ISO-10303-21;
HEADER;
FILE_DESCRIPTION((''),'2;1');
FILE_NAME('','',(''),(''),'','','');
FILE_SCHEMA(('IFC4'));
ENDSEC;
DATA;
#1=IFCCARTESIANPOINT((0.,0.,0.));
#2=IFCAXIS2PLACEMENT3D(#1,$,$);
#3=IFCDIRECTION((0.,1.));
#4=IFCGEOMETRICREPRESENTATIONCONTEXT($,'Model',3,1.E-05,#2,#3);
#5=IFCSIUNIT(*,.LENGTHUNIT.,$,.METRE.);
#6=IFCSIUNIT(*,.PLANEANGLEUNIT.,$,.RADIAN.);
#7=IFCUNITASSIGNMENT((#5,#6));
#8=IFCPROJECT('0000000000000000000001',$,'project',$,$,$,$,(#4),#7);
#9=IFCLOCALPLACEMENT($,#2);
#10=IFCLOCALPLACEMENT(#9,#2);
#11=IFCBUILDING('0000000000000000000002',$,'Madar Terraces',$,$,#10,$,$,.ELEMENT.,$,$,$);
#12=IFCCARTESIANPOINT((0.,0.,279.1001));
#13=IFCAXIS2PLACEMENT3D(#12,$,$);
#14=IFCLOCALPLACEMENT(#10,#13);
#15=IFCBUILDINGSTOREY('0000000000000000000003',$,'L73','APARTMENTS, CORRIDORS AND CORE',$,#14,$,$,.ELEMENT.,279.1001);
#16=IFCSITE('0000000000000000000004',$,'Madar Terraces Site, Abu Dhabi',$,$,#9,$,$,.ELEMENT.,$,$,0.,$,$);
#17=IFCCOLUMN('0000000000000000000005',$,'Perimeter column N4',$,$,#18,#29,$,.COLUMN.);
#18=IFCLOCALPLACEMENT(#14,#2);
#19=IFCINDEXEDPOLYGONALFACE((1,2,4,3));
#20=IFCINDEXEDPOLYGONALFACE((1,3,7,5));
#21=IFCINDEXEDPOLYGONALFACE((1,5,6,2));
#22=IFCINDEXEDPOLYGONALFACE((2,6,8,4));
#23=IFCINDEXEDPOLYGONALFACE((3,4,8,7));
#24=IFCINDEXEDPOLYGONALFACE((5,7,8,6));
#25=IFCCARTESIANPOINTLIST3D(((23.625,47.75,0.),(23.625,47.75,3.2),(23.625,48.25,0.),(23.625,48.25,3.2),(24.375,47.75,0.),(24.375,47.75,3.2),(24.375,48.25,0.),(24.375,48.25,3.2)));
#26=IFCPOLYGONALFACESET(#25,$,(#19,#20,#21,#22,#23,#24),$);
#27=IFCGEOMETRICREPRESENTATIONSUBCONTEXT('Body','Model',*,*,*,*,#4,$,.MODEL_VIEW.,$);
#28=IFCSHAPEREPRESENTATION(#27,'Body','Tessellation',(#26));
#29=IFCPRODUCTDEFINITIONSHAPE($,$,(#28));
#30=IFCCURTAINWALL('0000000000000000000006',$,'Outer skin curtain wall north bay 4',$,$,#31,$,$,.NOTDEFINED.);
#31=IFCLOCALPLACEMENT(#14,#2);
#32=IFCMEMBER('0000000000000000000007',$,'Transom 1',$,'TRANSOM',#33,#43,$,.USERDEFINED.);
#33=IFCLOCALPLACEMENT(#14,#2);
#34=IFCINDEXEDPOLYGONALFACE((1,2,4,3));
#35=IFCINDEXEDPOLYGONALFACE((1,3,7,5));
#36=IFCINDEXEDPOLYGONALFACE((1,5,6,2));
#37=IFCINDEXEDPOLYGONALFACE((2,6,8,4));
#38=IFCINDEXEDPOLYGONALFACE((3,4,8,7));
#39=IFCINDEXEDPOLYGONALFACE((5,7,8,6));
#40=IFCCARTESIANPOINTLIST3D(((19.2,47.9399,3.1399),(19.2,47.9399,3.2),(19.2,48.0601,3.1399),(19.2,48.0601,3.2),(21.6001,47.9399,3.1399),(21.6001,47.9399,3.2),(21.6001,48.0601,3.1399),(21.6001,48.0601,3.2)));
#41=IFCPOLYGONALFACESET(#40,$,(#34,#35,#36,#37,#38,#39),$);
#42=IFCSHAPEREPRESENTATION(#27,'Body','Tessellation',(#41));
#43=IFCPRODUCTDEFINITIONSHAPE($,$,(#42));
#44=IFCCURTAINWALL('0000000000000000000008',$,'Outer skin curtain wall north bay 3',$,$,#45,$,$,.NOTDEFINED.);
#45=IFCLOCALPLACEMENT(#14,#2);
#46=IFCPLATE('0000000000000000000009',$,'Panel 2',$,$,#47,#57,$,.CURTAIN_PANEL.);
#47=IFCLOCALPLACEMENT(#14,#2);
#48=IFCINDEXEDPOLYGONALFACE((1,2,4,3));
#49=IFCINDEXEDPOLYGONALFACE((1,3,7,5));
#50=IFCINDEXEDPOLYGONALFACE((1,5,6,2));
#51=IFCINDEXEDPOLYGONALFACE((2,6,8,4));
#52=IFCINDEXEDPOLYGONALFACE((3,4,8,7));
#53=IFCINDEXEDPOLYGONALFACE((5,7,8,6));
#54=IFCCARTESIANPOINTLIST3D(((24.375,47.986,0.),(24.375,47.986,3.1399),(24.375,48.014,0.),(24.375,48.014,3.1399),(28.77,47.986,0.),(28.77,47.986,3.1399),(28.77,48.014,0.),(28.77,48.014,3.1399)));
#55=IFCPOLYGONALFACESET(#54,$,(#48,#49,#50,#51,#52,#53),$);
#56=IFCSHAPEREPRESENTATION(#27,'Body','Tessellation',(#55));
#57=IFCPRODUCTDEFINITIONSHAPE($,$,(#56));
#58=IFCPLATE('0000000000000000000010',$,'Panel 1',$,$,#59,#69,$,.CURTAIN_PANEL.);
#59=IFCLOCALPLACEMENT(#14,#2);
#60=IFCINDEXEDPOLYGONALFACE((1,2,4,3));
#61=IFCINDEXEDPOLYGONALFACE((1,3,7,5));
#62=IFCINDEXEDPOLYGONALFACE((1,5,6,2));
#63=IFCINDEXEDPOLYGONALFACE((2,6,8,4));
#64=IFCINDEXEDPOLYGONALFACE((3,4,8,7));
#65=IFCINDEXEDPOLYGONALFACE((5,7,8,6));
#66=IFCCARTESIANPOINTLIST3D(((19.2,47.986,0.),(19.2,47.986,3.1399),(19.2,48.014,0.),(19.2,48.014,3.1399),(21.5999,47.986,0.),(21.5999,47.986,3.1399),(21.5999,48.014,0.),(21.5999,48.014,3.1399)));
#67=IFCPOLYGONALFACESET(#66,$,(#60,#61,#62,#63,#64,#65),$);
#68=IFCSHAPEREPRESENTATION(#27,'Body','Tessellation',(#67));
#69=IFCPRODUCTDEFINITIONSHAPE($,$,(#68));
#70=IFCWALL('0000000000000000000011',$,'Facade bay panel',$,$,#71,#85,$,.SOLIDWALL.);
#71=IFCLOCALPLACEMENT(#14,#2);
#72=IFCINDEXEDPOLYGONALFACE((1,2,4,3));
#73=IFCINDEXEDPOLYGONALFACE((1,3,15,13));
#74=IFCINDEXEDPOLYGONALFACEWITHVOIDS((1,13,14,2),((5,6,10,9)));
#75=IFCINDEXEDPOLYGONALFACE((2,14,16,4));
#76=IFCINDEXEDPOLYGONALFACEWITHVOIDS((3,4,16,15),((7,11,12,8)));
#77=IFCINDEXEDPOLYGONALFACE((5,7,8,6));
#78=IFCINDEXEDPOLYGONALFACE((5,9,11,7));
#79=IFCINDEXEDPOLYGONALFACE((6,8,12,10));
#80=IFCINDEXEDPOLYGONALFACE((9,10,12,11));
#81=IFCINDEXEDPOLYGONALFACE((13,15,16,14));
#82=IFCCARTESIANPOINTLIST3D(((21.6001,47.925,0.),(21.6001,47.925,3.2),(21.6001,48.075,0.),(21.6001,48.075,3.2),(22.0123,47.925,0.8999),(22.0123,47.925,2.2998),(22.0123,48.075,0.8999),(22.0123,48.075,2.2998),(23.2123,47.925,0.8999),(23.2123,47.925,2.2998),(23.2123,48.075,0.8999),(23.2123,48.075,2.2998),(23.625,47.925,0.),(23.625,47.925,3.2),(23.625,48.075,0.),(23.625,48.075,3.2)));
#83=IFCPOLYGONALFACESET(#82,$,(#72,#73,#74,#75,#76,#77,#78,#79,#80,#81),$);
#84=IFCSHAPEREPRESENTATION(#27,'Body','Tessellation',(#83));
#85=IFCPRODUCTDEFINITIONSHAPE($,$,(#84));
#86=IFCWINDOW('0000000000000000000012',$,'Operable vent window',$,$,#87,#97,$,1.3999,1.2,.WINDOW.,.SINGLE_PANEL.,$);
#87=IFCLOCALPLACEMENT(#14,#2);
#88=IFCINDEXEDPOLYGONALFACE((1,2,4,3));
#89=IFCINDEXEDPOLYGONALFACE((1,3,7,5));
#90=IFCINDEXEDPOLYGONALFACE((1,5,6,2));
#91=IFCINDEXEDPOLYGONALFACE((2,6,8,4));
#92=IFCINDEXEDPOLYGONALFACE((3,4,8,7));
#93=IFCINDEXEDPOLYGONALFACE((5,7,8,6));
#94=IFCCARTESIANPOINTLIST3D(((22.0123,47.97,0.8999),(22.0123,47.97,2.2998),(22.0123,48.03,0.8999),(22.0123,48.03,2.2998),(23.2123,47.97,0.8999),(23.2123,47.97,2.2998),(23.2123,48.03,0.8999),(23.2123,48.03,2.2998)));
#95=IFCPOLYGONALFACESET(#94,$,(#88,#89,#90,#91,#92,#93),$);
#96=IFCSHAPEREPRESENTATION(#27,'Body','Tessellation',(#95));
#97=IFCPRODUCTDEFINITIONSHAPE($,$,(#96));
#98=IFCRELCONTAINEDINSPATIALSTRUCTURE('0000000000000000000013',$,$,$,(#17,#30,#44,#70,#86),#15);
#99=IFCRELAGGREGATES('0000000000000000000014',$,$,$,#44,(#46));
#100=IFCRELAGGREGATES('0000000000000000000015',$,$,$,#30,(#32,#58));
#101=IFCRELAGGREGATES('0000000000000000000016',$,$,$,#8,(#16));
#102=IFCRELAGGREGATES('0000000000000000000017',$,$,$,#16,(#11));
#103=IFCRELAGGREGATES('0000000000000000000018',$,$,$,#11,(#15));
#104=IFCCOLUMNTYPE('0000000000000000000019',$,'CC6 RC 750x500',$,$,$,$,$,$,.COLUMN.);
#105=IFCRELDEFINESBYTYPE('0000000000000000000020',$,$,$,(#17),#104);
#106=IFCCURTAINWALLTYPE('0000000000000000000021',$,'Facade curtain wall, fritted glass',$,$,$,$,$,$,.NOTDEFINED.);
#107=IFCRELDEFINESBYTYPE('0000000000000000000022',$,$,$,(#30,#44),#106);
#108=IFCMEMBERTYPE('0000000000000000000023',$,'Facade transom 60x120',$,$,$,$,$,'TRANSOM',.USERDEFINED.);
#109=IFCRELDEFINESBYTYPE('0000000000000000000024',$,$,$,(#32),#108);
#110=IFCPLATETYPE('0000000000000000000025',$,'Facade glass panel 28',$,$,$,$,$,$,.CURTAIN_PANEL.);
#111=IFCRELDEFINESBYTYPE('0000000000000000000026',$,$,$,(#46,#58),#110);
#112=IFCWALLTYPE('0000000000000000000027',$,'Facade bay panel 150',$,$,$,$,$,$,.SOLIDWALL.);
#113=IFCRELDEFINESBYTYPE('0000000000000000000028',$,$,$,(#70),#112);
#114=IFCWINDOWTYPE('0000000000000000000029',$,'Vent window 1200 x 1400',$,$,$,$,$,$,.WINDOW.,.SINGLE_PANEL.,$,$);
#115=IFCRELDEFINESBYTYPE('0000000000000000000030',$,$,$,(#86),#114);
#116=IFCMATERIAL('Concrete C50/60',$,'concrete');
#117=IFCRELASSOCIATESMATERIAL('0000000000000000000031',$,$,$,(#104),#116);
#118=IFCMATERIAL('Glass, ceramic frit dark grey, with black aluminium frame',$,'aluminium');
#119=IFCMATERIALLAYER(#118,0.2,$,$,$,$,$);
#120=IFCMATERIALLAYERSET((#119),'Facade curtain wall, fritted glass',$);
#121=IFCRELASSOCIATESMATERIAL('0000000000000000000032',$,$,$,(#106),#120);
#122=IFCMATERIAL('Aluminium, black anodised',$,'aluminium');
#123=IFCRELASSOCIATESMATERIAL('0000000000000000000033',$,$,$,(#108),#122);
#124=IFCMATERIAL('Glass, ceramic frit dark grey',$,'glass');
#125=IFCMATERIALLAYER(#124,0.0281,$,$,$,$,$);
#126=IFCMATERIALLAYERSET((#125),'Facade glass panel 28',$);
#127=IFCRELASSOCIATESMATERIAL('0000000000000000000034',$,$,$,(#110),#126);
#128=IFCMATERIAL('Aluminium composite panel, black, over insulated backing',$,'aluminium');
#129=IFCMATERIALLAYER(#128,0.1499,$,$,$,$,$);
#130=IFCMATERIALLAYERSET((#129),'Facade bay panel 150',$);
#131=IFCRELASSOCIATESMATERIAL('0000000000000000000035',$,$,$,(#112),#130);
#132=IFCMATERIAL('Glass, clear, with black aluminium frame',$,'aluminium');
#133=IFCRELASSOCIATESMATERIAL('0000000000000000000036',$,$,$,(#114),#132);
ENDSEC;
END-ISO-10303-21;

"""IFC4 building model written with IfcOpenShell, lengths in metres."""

from ifc_helpers import new_model, si_unit, direction, frame, frame_2d, origin, origin_2d, place, context, subcontext, project, spatial, rectangle, extrude, material, layer, layer_set, material_profile, profile_set, type_object, element, fill, aggregate, save


model = new_model("IFC4")

# Units and contexts
model_context = context("Model", 3, precision=1e-05, world=origin(), true_north=direction((0.0, 1.0)))
body_context = subcontext(model_context, "Body", "Model", "MODEL_VIEW")
ifc_project = project(units=[si_unit("LENGTHUNIT", "METRE"), si_unit("PLANEANGLEUNIT", "RADIAN")], contexts=[model_context])

# Site, building, storey
site_placement = place(None, origin())
site = spatial("IfcSite", under=ifc_project, at=site_placement, Name="Madar Terraces Site, Abu Dhabi", CompositionType="ELEMENT", RefElevation=0.0)
building_placement = place(site_placement, origin())
building = spatial("IfcBuilding", under=site, at=building_placement, Name="Madar Terraces", CompositionType="ELEMENT")
storey_placement = place(building_placement, frame((0.0, 0.0, 279.1001)))
storey = spatial("IfcBuildingStorey", under=building, at=storey_placement, Name="L73", Description="APARTMENTS, CORRIDORS AND CORE", CompositionType="ELEMENT", Elevation=279.1001)

# Column
ifc_material_1 = material(Name="Concrete C50/60", Category="concrete")
ifc_material_profile_1 = material_profile(ifc_material_1, rectangle(XDim=0.75, YDim=0.5, at=origin_2d()), Name="CC6 RC 750x500")
ifc_profile_set_1 = profile_set([ifc_material_profile_1], Name="Concrete C50/60")
column_type = type_object("IfcColumnType", Name="CC6 RC 750x500", PredefinedType="COLUMN", material=ifc_profile_set_1)
column_placement = place(storey_placement, frame((24.0, 48.0, 0.0), z_axis=(0.0, 0.0, 1.0), x_axis=(1.0, 0.0, 0.0)))
element("IfcColumn", 1, at=column_placement, inside=storey, type_object=column_type, Name="Perimeter column N4", PredefinedType="COLUMN", context=body_context, shape_type="SweptSolid", body=[
    extrude(rectangle(XDim=0.75, YDim=0.5, at=origin_2d()), origin(), (0.0, 0.0, 1.0), 3.2),
])

# Curtain wall, member
ifc_material_2 = material(Name="Glass, ceramic frit dark grey, with black aluminium frame", Category="aluminium")
ifc_layer_1 = layer(ifc_material_2, 0.2)
ifc_layer_set_1 = layer_set([ifc_layer_1], Name="Facade curtain wall, fritted glass")
curtain_wall_type = type_object("IfcCurtainWallType", Name="Facade curtain wall, fritted glass", PredefinedType="NOTDEFINED", material=ifc_layer_set_1)
curtain_wall_1_placement = place(storey_placement, origin())
curtain_wall_1 = element("IfcCurtainWall", 2, at=curtain_wall_1_placement, inside=storey, type_object=curtain_wall_type, Name="Outer skin curtain wall north bay 4", PredefinedType="NOTDEFINED")
ifc_material_3 = material(Name="Aluminium, black anodised", Category="aluminium")
ifc_material_profile_2 = material_profile(ifc_material_3, rectangle(XDim=0.1201, YDim=0.0601, at=origin_2d()), Name="Facade transom 60x120")
ifc_profile_set_2 = profile_set([ifc_material_profile_2], Name="Aluminium, black anodised")
member_type = type_object("IfcMemberType", Name="Facade transom 60x120", ElementType="TRANSOM", PredefinedType="USERDEFINED", material=ifc_profile_set_2)
member_placement = place(storey_placement, frame((21.6001, 48.0, 3.1699), z_axis=(-1.0, 0.0, 0.0), x_axis=(0.0, -1.0, 0.0)))
member = element("IfcMember", 3, at=member_placement, type_object=member_type, Name="Transom 1", ObjectType="TRANSOM", PredefinedType="USERDEFINED", context=body_context, shape_type="SweptSolid", body=[
    extrude(rectangle(XDim=0.1201, YDim=0.0601, at=origin_2d()), origin(), (0.0, 0.0, 1.0), 2.4001),
])

# Curtain wall, plate
curtain_wall_2_placement = place(storey_placement, origin())
curtain_wall_2 = element("IfcCurtainWall", 4, at=curtain_wall_2_placement, inside=storey, type_object=curtain_wall_type, Name="Outer skin curtain wall north bay 3", PredefinedType="NOTDEFINED")
ifc_material_4 = material(Name="Glass, ceramic frit dark grey", Category="glass")
ifc_layer_2 = layer(ifc_material_4, 0.0281)
ifc_layer_set_2 = layer_set([ifc_layer_2], Name="Facade glass panel 28")
plate_type = type_object("IfcPlateType", Name="Facade glass panel 28", PredefinedType="CURTAIN_PANEL", material=ifc_layer_set_2)
plate_1_placement = place(storey_placement, frame((26.5725, 48.0, 0.0), z_axis=(0.0, 0.0, 1.0), x_axis=(-1.0, 0.0, 0.0)))
plate_1 = element("IfcPlate", 5, at=plate_1_placement, type_object=plate_type, Name="Panel 2", PredefinedType="CURTAIN_PANEL", context=body_context, shape_type="SweptSolid", body=[
    extrude(rectangle(XDim=4.395, YDim=0.0281, at=origin_2d()), origin(), (0.0, 0.0, 1.0), 3.1399),
])
aggregate(curtain_wall_2, [plate_1])

# Plate
plate_2_placement = place(storey_placement, frame((20.3999, 48.0, 0.0), z_axis=(0.0, 0.0, 1.0), x_axis=(-1.0, 0.0, 0.0)))
plate_2 = element("IfcPlate", 6, at=plate_2_placement, type_object=plate_type, Name="Panel 1", PredefinedType="CURTAIN_PANEL", context=body_context, shape_type="SweptSolid", body=[
    extrude(rectangle(XDim=2.3999, YDim=0.0281, at=origin_2d()), origin(), (0.0, 0.0, 1.0), 3.1399),
])
aggregate(curtain_wall_1, [member, plate_2])

# Wall, opening, window
ifc_material_5 = material(Name="Aluminium composite panel, black, over insulated backing", Category="aluminium")
ifc_layer_3 = layer(ifc_material_5, 0.1499)
ifc_layer_set_3 = layer_set([ifc_layer_3], Name="Facade bay panel 150")
wall_type_1 = type_object("IfcWallType", Name="Facade bay panel 150", PredefinedType="SOLIDWALL", material=ifc_layer_set_3)
wall_1_placement = place(storey_placement, frame((23.625, 48.0, 0.0), z_axis=(0.0, 0.0, 1.0), x_axis=(-1.0, 0.0, 0.0)))
wall_1 = element("IfcWall", 7, at=wall_1_placement, inside=storey, type_object=wall_type_1, Name="Facade bay panel", PredefinedType="SOLIDWALL", context=body_context, shape_type="SweptSolid", body=[
    extrude(rectangle(XDim=2.0249, YDim=0.1499, at=frame_2d((1.0125, 0.0))), origin(), (0.0, 0.0, 1.0), 3.2),
])
opening_1_placement = place(wall_1_placement, frame((0.4126, 0.0, 0.8999)))
opening_1 = element("IfcOpeningElement", 8, at=opening_1_placement, cuts=wall_1, PredefinedType="OPENING", context=body_context, shape_type="SweptSolid", body=[
    extrude(rectangle(XDim=1.2, YDim=1.3999, at=frame_2d((0.6001, 0.7))), frame((0.0, 0.085, 0.0), z_axis=(0.0, -1.0, 0.0), x_axis=(1.0, 0.0, 0.0)), (0.0, 0.0, 1.0), 0.1699),
])
ifc_material_6 = material(Name="Glass, clear, with black aluminium frame", Category="aluminium")
window_type = type_object("IfcWindowType", Name="Vent window 1200 x 1400", PartitioningType="SINGLE_PANEL", PredefinedType="WINDOW", material=ifc_material_6)
window_placement = place(opening_1_placement, origin())
window = element("IfcWindow", 9, at=window_placement, inside=storey, type_object=window_type, Name="Operable vent window", OverallHeight=1.3999, OverallWidth=1.2, PartitioningType="SINGLE_PANEL", PredefinedType="WINDOW", context=body_context, shape_type="SweptSolid", body=[
    extrude(rectangle(XDim=1.2, YDim=1.3999, at=frame_2d((0.6001, 0.7))), frame((0.0, 0.03, 0.0), z_axis=(0.0, -1.0, 0.0), x_axis=(1.0, 0.0, 0.0)), (0.0, 0.0, 1.0), 0.0601),
])
fill(opening_1, window)

save(model, "model.ifc")
